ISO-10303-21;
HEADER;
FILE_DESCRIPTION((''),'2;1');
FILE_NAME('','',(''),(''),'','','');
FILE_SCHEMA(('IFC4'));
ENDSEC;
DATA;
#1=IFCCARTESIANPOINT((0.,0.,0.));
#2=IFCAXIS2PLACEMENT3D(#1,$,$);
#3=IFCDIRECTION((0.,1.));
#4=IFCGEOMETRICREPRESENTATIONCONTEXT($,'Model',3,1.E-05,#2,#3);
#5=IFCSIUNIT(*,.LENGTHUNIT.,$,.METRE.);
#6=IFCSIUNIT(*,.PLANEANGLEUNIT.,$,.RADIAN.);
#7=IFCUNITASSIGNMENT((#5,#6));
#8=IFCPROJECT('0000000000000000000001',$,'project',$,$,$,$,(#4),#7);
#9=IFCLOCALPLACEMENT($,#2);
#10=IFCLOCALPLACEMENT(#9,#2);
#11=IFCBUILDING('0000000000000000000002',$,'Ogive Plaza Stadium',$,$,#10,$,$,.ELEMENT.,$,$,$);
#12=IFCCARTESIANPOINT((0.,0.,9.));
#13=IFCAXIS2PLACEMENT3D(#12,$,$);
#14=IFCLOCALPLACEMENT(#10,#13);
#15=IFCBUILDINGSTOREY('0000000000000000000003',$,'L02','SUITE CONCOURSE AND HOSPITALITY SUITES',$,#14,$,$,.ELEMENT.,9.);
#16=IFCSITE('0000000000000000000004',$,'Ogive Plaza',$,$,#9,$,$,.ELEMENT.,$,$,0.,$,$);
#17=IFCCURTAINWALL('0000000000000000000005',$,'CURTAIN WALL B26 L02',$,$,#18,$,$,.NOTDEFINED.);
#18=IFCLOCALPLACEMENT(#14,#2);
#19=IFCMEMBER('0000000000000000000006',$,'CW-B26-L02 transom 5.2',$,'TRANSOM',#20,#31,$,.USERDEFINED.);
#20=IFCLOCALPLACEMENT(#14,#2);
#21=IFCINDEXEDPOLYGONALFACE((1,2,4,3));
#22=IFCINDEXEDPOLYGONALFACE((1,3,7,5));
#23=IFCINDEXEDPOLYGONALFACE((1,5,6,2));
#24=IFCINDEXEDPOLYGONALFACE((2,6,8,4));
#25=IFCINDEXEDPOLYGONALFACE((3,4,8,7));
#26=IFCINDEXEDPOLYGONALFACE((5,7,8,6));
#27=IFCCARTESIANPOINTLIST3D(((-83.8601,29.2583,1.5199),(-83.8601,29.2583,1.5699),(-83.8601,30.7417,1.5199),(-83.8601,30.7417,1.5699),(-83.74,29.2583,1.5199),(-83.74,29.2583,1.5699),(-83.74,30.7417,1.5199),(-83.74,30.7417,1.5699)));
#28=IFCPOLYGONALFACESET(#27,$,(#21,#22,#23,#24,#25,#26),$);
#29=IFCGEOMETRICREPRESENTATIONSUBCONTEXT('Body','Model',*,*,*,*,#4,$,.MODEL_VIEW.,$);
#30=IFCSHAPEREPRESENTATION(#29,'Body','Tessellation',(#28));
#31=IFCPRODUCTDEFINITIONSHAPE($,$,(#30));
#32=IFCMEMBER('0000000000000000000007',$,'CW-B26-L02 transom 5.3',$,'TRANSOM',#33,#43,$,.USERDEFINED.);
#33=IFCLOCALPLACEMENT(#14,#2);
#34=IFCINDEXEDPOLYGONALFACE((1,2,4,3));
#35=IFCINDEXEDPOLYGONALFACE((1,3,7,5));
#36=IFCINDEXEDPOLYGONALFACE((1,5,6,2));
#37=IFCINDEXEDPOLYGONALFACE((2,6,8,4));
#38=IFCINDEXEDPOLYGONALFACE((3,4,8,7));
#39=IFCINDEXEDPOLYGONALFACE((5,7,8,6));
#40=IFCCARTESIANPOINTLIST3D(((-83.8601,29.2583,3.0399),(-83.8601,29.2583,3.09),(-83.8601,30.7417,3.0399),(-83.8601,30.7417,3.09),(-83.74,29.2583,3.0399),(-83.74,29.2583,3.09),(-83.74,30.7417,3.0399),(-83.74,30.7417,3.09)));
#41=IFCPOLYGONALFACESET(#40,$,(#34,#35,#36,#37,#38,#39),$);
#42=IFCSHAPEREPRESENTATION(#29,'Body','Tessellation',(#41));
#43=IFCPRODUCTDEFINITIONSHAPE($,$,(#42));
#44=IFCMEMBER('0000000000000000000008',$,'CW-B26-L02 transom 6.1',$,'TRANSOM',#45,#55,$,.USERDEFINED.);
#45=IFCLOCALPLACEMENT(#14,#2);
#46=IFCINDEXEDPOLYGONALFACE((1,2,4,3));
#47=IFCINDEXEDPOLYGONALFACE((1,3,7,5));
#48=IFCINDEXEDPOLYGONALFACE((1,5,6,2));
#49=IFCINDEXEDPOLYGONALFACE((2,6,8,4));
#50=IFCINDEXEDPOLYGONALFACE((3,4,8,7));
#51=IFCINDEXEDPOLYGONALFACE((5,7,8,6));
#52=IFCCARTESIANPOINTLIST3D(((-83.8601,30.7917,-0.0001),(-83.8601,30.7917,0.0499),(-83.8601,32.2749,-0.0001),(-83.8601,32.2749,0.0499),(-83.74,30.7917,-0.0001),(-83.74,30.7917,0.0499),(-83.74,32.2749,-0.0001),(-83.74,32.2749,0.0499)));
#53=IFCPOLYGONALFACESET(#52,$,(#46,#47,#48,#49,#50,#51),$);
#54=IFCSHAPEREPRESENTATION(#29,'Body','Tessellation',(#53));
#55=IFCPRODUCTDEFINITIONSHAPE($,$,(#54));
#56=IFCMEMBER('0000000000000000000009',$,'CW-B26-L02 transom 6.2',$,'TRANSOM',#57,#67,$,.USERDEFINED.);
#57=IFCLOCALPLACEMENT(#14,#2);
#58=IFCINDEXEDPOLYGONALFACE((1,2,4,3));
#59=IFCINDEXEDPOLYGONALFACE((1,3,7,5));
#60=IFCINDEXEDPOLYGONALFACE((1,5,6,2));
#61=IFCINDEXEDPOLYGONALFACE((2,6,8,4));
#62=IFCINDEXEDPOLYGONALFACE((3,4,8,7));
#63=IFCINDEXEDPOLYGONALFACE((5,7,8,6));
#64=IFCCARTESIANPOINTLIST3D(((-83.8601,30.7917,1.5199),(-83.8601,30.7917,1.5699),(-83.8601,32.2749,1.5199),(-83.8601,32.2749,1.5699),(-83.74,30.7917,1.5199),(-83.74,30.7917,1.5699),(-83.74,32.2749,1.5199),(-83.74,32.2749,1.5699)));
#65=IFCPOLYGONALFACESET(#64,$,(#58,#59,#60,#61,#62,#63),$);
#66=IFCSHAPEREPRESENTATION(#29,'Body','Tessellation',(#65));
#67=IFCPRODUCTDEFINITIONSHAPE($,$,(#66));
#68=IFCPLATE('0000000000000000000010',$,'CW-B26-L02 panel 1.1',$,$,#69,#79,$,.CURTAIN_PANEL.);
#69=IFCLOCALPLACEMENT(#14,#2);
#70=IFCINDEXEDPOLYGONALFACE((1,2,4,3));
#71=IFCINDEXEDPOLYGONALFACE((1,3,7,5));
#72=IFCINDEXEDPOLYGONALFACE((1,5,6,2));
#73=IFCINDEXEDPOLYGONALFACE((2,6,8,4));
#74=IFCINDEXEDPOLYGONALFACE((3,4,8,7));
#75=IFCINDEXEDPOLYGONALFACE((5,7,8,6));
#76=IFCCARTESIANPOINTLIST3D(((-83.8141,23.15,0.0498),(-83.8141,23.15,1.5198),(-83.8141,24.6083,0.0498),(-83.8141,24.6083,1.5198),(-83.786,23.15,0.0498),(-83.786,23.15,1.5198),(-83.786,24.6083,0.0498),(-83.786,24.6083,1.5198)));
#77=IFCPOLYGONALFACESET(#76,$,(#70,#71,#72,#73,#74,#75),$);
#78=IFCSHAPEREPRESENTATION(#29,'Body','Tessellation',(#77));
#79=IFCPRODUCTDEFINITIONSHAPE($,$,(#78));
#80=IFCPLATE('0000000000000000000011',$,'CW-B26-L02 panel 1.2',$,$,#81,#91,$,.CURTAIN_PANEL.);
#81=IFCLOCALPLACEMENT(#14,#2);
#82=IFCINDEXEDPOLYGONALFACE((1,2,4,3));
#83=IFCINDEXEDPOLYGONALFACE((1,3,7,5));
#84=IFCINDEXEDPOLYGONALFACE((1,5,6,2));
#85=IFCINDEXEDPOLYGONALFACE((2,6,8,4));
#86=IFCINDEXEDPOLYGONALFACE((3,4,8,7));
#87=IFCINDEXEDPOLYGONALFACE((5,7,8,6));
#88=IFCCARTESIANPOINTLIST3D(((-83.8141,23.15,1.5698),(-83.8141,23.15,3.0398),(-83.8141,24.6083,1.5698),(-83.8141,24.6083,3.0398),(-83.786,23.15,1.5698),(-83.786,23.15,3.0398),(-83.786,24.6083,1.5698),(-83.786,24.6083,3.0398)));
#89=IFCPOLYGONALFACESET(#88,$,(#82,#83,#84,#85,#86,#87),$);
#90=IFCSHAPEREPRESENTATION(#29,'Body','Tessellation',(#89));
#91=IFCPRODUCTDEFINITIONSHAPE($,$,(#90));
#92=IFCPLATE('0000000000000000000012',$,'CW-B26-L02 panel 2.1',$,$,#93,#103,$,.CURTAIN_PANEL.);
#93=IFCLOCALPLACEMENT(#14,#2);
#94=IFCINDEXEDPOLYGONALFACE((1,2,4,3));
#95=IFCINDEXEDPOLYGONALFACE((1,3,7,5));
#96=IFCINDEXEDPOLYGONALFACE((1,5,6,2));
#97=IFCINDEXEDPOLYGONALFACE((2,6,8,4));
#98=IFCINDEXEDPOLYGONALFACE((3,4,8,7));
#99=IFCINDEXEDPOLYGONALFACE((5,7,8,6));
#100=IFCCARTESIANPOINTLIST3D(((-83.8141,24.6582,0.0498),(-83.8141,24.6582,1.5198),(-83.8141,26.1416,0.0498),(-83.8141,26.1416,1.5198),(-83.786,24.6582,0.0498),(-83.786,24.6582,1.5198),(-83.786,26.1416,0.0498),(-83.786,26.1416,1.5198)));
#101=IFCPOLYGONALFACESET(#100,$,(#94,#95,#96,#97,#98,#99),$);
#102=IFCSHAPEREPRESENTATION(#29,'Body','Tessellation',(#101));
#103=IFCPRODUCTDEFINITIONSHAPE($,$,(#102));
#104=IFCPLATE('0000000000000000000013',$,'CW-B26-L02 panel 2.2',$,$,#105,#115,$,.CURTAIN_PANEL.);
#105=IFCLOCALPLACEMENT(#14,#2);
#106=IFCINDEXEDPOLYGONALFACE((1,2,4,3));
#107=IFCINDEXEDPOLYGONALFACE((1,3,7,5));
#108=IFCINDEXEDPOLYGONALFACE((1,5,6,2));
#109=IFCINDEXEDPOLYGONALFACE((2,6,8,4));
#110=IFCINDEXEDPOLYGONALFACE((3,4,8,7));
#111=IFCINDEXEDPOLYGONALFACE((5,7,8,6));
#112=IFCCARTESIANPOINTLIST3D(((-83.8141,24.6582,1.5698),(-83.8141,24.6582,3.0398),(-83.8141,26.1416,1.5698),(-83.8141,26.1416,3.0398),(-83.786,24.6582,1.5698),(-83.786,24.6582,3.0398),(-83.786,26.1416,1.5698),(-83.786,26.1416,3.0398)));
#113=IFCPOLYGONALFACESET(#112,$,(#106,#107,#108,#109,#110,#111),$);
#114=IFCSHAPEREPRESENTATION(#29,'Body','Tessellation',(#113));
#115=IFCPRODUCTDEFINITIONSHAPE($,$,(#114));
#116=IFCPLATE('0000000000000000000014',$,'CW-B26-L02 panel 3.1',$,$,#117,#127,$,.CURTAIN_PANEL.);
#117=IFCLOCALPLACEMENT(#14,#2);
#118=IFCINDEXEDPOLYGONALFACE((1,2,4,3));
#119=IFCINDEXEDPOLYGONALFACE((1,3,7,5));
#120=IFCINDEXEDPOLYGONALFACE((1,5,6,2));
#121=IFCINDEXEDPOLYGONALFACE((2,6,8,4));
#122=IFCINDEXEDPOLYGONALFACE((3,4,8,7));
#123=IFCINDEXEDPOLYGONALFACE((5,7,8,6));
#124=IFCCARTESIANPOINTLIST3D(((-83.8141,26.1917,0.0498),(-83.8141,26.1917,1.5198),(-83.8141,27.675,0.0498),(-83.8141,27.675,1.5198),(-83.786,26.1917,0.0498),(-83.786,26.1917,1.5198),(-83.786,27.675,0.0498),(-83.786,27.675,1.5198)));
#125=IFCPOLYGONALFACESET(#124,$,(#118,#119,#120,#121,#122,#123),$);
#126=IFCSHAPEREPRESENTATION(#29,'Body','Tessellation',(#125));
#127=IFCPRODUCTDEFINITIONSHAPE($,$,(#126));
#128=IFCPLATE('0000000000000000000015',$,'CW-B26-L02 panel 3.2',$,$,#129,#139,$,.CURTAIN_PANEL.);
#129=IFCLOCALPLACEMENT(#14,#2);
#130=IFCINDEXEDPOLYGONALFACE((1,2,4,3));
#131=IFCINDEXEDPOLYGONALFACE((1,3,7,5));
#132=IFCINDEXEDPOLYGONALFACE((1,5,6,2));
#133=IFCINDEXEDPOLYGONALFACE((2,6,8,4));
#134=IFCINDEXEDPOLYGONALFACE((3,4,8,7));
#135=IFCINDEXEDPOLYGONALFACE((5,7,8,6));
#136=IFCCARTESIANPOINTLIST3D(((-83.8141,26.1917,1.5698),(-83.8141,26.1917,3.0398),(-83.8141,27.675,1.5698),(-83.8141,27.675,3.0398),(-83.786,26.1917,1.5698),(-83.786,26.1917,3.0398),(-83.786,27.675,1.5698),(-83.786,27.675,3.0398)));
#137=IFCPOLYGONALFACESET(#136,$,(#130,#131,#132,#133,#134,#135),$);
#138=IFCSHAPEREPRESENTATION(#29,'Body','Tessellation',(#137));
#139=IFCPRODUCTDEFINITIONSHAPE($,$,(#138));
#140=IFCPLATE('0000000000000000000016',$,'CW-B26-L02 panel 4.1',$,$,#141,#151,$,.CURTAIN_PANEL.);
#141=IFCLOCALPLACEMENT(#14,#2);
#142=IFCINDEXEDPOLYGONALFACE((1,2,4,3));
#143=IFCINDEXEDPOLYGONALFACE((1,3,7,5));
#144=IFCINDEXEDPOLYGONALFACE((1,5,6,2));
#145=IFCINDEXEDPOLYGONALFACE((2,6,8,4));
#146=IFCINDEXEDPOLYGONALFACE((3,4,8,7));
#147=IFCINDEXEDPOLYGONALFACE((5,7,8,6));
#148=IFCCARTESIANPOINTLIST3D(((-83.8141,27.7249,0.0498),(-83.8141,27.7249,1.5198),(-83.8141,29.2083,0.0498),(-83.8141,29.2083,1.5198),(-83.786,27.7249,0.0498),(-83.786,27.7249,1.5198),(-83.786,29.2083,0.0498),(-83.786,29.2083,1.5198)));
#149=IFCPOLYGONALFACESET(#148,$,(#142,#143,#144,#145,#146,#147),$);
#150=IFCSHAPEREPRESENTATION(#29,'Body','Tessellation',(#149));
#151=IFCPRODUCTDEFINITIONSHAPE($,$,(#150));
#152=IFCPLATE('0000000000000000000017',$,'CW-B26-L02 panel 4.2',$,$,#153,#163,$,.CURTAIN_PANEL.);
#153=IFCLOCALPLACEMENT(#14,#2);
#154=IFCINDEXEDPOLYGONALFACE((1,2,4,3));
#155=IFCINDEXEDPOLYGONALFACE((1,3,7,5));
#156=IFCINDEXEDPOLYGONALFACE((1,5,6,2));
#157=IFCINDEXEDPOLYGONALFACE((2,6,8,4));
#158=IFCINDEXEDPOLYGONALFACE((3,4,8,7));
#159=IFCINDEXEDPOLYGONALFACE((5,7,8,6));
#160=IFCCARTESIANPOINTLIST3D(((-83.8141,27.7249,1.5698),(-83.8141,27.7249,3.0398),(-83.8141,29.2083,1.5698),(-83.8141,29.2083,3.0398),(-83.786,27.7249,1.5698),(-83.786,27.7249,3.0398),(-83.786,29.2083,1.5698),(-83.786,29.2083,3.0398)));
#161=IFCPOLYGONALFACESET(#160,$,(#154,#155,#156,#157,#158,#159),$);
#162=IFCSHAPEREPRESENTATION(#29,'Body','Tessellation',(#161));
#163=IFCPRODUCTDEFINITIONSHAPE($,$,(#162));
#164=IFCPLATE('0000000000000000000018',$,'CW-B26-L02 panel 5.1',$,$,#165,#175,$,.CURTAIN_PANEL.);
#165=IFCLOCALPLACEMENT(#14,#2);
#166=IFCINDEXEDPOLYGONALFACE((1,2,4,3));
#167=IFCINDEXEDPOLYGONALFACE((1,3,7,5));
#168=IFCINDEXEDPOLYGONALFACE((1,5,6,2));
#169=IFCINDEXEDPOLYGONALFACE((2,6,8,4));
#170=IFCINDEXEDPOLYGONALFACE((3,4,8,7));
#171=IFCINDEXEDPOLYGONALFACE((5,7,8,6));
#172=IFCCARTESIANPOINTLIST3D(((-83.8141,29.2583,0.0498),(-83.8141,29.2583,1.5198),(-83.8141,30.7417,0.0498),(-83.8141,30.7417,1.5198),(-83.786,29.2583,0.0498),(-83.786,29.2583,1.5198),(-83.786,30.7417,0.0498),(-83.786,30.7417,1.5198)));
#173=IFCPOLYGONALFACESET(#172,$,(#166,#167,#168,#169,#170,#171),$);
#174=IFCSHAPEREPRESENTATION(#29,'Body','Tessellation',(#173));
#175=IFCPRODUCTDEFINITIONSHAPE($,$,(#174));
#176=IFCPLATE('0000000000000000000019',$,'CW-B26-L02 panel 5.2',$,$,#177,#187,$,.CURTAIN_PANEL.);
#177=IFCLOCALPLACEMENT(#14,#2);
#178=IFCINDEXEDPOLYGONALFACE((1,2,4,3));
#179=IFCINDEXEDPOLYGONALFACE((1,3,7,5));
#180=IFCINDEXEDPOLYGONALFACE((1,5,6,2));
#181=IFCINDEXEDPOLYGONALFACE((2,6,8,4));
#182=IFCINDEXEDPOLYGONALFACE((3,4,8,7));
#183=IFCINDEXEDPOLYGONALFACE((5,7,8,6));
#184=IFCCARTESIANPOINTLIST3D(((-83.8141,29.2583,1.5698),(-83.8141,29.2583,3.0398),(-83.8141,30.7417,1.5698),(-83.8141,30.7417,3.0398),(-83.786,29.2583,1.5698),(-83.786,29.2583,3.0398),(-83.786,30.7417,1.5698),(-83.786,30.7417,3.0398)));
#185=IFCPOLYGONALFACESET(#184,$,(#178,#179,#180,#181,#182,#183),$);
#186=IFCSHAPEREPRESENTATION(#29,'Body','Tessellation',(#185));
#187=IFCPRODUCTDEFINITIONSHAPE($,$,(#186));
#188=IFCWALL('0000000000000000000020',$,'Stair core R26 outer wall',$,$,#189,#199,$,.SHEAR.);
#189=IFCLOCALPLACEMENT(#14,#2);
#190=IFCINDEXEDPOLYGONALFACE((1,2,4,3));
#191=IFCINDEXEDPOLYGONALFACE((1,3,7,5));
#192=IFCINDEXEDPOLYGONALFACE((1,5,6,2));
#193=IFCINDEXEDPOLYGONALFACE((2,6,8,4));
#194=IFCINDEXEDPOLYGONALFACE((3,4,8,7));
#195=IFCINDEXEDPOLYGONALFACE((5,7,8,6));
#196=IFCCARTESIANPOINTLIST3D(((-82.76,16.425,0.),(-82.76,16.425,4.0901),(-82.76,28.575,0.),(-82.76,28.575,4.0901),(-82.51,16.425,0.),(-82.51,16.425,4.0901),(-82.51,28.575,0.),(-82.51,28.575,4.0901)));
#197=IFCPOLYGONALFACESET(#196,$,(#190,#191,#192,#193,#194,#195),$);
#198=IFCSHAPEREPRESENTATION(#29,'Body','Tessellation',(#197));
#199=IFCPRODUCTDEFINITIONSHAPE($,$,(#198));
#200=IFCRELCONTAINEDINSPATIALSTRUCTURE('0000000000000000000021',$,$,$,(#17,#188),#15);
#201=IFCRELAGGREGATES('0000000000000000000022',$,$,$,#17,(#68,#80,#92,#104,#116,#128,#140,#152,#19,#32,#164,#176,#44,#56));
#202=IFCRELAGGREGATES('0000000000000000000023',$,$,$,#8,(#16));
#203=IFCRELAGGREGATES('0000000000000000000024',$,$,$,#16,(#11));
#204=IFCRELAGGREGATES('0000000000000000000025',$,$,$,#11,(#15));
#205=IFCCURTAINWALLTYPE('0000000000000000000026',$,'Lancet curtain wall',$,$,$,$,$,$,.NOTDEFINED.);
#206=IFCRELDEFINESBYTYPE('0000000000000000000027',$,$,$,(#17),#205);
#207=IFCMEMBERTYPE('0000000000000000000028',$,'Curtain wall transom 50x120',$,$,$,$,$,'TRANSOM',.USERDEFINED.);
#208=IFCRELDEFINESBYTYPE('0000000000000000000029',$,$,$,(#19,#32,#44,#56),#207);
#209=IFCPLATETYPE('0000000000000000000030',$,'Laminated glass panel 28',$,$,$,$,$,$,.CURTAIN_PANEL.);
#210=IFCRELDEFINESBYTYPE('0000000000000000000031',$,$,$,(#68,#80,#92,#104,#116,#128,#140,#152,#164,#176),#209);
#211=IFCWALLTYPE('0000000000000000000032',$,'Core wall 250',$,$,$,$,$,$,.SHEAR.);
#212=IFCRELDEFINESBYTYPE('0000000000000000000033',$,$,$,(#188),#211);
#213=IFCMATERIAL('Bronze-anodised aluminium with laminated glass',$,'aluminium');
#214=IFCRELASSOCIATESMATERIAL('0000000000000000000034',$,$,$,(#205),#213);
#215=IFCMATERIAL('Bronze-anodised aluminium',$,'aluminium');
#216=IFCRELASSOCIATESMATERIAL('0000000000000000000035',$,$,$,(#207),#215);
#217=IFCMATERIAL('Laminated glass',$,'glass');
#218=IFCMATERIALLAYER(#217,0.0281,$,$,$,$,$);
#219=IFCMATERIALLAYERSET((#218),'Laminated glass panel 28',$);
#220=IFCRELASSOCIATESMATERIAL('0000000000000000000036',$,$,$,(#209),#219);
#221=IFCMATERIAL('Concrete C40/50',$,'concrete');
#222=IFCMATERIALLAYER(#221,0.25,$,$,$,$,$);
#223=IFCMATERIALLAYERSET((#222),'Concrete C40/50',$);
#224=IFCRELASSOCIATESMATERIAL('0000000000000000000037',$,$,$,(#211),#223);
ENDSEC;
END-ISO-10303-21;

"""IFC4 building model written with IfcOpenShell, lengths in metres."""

from ifc_helpers import new_model, si_unit, direction, frame, frame_2d, origin, origin_2d, place, context, subcontext, project, spatial, rectangle, extrude, material, layer, layer_set, material_profile, profile_set, type_object, element, aggregate, save


model = new_model("IFC4")

# Units and contexts
model_context = context("Model", 3, precision=1e-05, world=origin(), true_north=direction((0.0, 1.0)))
body_context = subcontext(model_context, "Body", "Model", "MODEL_VIEW")
ifc_project = project(units=[si_unit("LENGTHUNIT", "METRE"), si_unit("PLANEANGLEUNIT", "RADIAN")], contexts=[model_context])

# Site, building, storey
site_placement = place(None, origin())
site = spatial("IfcSite", under=ifc_project, at=site_placement, Name="Ogive Plaza", CompositionType="ELEMENT", RefElevation=0.0)
building_placement = place(site_placement, origin())
building = spatial("IfcBuilding", under=site, at=building_placement, Name="Ogive Plaza Stadium", CompositionType="ELEMENT")
storey_placement = place(building_placement, frame((0.0, 0.0, 9.0)))
storey = spatial("IfcBuildingStorey", under=building, at=storey_placement, Name="L02", Description="SUITE CONCOURSE AND HOSPITALITY SUITES", CompositionType="ELEMENT", Elevation=9.0)

# Curtain wall, members, plates
ifc_material_1 = material(Name="Bronze-anodised aluminium with laminated glass", Category="aluminium")
curtain_wall_type = type_object("IfcCurtainWallType", Name="Lancet curtain wall", PredefinedType="NOTDEFINED", material=ifc_material_1)
curtain_wall_placement = place(storey_placement, origin())
curtain_wall = element("IfcCurtainWall", 1, at=curtain_wall_placement, inside=storey, type_object=curtain_wall_type, Name="CURTAIN WALL B26 L02", PredefinedType="NOTDEFINED")
ifc_material_2 = material(Name="Bronze-anodised aluminium", Category="aluminium")
ifc_material_profile_1 = material_profile(ifc_material_2, rectangle(XDim=0.1201, YDim=0.05, at=origin_2d()), Name="AL 120x50")
ifc_profile_set_1 = profile_set([ifc_material_profile_1], Name="Bronze-anodised aluminium")
member_type_1 = type_object("IfcMemberType", Name="Curtain wall transom 50x120", ElementType="TRANSOM", PredefinedType="USERDEFINED", material=ifc_profile_set_1)
member_1_placement = place(storey_placement, frame((-83.8, 29.2583, 1.5449), z_axis=(0.0, 1.0, 0.0), x_axis=(-1.0, 0.0, 0.0)))
member_1 = element("IfcMember", 2, at=member_1_placement, type_object=member_type_1, Name="CW-B26-L02 transom 5.2", ObjectType="TRANSOM", PredefinedType="USERDEFINED", context=body_context, shape_type="SweptSolid", body=[
    extrude(rectangle(XDim=0.1201, YDim=0.05, at=origin_2d()), origin(), (0.0, 0.0, 1.0), 1.4834),
])
member_2_placement = place(storey_placement, frame((-83.8, 29.2583, 3.0649), z_axis=(0.0, 1.0, 0.0), x_axis=(-1.0, 0.0, 0.0)))
member_2 = element("IfcMember", 3, at=member_2_placement, type_object=member_type_1, Name="CW-B26-L02 transom 5.3", ObjectType="TRANSOM", PredefinedType="USERDEFINED", context=body_context, shape_type="SweptSolid", body=[
    extrude(rectangle(XDim=0.1201, YDim=0.05, at=origin_2d()), origin(), (0.0, 0.0, 1.0), 1.4834),
])
member_3_placement = place(storey_placement, frame((-83.8, 30.7917, 0.0249), z_axis=(0.0, 1.0, 0.0), x_axis=(-1.0, 0.0, 0.0)))
member_3 = element("IfcMember", 4, at=member_3_placement, type_object=member_type_1, Name="CW-B26-L02 transom 6.1", ObjectType="TRANSOM", PredefinedType="USERDEFINED", context=body_context, shape_type="SweptSolid", body=[
    extrude(rectangle(XDim=0.1201, YDim=0.05, at=origin_2d()), origin(), (0.0, 0.0, 1.0), 1.4832),
])
member_4_placement = place(storey_placement, frame((-83.8, 30.7917, 1.5449), z_axis=(0.0, 1.0, 0.0), x_axis=(-1.0, 0.0, 0.0)))
member_4 = element("IfcMember", 5, at=member_4_placement, type_object=member_type_1, Name="CW-B26-L02 transom 6.2", ObjectType="TRANSOM", PredefinedType="USERDEFINED", context=body_context, shape_type="SweptSolid", body=[
    extrude(rectangle(XDim=0.1201, YDim=0.05, at=origin_2d()), origin(), (0.0, 0.0, 1.0), 1.4832),
])
ifc_material_3 = material(Name="Laminated glass", Category="glass")
ifc_layer_1 = layer(ifc_material_3, 0.0281)
ifc_layer_set_1 = layer_set([ifc_layer_1], Name="Laminated glass panel 28")
plate_type = type_object("IfcPlateType", Name="Laminated glass panel 28", PredefinedType="CURTAIN_PANEL", material=ifc_layer_set_1)
plate_1_placement = place(storey_placement, frame((-83.8, 23.8792, 0.0498), z_axis=(0.0, 0.0, 1.0), x_axis=(0.0, 1.0, 0.0)))
plate_1 = element("IfcPlate", 6, at=plate_1_placement, type_object=plate_type, Name="CW-B26-L02 panel 1.1", PredefinedType="CURTAIN_PANEL", context=body_context, shape_type="SweptSolid", body=[
    extrude(rectangle(XDim=1.4583, YDim=0.0281, at=origin_2d()), origin(), (0.0, 0.0, 1.0), 1.47),
])
plate_2_placement = place(storey_placement, frame((-83.8, 23.8792, 1.5698), z_axis=(0.0, 0.0, 1.0), x_axis=(0.0, 1.0, 0.0)))
plate_2 = element("IfcPlate", 7, at=plate_2_placement, type_object=plate_type, Name="CW-B26-L02 panel 1.2", PredefinedType="CURTAIN_PANEL", context=body_context, shape_type="SweptSolid", body=[
    extrude(rectangle(XDim=1.4583, YDim=0.0281, at=origin_2d()), origin(), (0.0, 0.0, 1.0), 1.47),
])
plate_3_placement = place(storey_placement, frame((-83.8, 25.3999, 0.0498), z_axis=(0.0, 0.0, 1.0), x_axis=(0.0, 1.0, 0.0)))
plate_3 = element("IfcPlate", 8, at=plate_3_placement, type_object=plate_type, Name="CW-B26-L02 panel 2.1", PredefinedType="CURTAIN_PANEL", context=body_context, shape_type="SweptSolid", body=[
    extrude(rectangle(XDim=1.4834, YDim=0.0281, at=origin_2d()), origin(), (0.0, 0.0, 1.0), 1.47),
])
plate_4_placement = place(storey_placement, frame((-83.8, 25.3999, 1.5698), z_axis=(0.0, 0.0, 1.0), x_axis=(0.0, 1.0, 0.0)))
plate_4 = element("IfcPlate", 9, at=plate_4_placement, type_object=plate_type, Name="CW-B26-L02 panel 2.2", PredefinedType="CURTAIN_PANEL", context=body_context, shape_type="SweptSolid", body=[
    extrude(rectangle(XDim=1.4834, YDim=0.0281, at=origin_2d()), origin(), (0.0, 0.0, 1.0), 1.47),
])
plate_5_placement = place(storey_placement, frame((-83.8, 26.9333, 0.0498), z_axis=(0.0, 0.0, 1.0), x_axis=(0.0, 1.0, 0.0)))
plate_5 = element("IfcPlate", 10, at=plate_5_placement, type_object=plate_type, Name="CW-B26-L02 panel 3.1", PredefinedType="CURTAIN_PANEL", context=body_context, shape_type="SweptSolid", body=[
    extrude(rectangle(XDim=1.4834, YDim=0.0281, at=origin_2d()), origin(), (0.0, 0.0, 1.0), 1.47),
])
plate_6_placement = place(storey_placement, frame((-83.8, 26.9333, 1.5698), z_axis=(0.0, 0.0, 1.0), x_axis=(0.0, 1.0, 0.0)))
plate_6 = element("IfcPlate", 11, at=plate_6_placement, type_object=plate_type, Name="CW-B26-L02 panel 3.2", PredefinedType="CURTAIN_PANEL", context=body_context, shape_type="SweptSolid", body=[
    extrude(rectangle(XDim=1.4834, YDim=0.0281, at=origin_2d()), origin(), (0.0, 0.0, 1.0), 1.47),
])
plate_7_placement = place(storey_placement, frame((-83.8, 28.4666, 0.0498), z_axis=(0.0, 0.0, 1.0), x_axis=(0.0, 1.0, 0.0)))
plate_7 = element("IfcPlate", 12, at=plate_7_placement, type_object=plate_type, Name="CW-B26-L02 panel 4.1", PredefinedType="CURTAIN_PANEL", context=body_context, shape_type="SweptSolid", body=[
    extrude(rectangle(XDim=1.4834, YDim=0.0281, at=origin_2d()), origin(), (0.0, 0.0, 1.0), 1.47),
])
plate_8_placement = place(storey_placement, frame((-83.8, 28.4666, 1.5698), z_axis=(0.0, 0.0, 1.0), x_axis=(0.0, 1.0, 0.0)))
plate_8 = element("IfcPlate", 13, at=plate_8_placement, type_object=plate_type, Name="CW-B26-L02 panel 4.2", PredefinedType="CURTAIN_PANEL", context=body_context, shape_type="SweptSolid", body=[
    extrude(rectangle(XDim=1.4834, YDim=0.0281, at=origin_2d()), origin(), (0.0, 0.0, 1.0), 1.47),
])
plate_9_placement = place(storey_placement, frame((-83.8, 30.0, 0.0498), z_axis=(0.0, 0.0, 1.0), x_axis=(0.0, 1.0, 0.0)))
plate_9 = element("IfcPlate", 14, at=plate_9_placement, type_object=plate_type, Name="CW-B26-L02 panel 5.1", PredefinedType="CURTAIN_PANEL", context=body_context, shape_type="SweptSolid", body=[
    extrude(rectangle(XDim=1.4834, YDim=0.0281, at=origin_2d()), origin(), (0.0, 0.0, 1.0), 1.47),
])
plate_10_placement = place(storey_placement, frame((-83.8, 30.0, 1.5698), z_axis=(0.0, 0.0, 1.0), x_axis=(0.0, 1.0, 0.0)))
plate_10 = element("IfcPlate", 15, at=plate_10_placement, type_object=plate_type, Name="CW-B26-L02 panel 5.2", PredefinedType="CURTAIN_PANEL", context=body_context, shape_type="SweptSolid", body=[
    extrude(rectangle(XDim=1.4834, YDim=0.0281, at=origin_2d()), origin(), (0.0, 0.0, 1.0), 1.47),
])
aggregate(curtain_wall, [plate_1, plate_2, plate_3, plate_4, plate_5, plate_6, plate_7, plate_8, member_1, member_2, plate_9, plate_10, member_3, member_4])

# Wall
ifc_material_4 = material(Name="Concrete C40/50", Category="concrete")
ifc_layer_2 = layer(ifc_material_4, 0.25)
ifc_layer_set_2 = layer_set([ifc_layer_2], Name="Concrete C40/50")
wall_type = type_object("IfcWallType", Name="Core wall 250", PredefinedType="SHEAR", material=ifc_layer_set_2)
wall_placement = place(storey_placement, frame((-82.635, 28.575, 0.0), z_axis=(0.0, 0.0, 1.0), x_axis=(0.0, -1.0, 0.0)))
element("IfcWall", 16, at=wall_placement, inside=storey, type_object=wall_type, Name="Stair core R26 outer wall", PredefinedType="SHEAR", context=body_context, shape_type="SweptSolid", body=[
    extrude(rectangle(XDim=12.1499, YDim=0.25, at=frame_2d((6.075, 0.0))), origin(), (0.0, 0.0, 1.0), 4.0901),
])

save(model, "model.ifc")
